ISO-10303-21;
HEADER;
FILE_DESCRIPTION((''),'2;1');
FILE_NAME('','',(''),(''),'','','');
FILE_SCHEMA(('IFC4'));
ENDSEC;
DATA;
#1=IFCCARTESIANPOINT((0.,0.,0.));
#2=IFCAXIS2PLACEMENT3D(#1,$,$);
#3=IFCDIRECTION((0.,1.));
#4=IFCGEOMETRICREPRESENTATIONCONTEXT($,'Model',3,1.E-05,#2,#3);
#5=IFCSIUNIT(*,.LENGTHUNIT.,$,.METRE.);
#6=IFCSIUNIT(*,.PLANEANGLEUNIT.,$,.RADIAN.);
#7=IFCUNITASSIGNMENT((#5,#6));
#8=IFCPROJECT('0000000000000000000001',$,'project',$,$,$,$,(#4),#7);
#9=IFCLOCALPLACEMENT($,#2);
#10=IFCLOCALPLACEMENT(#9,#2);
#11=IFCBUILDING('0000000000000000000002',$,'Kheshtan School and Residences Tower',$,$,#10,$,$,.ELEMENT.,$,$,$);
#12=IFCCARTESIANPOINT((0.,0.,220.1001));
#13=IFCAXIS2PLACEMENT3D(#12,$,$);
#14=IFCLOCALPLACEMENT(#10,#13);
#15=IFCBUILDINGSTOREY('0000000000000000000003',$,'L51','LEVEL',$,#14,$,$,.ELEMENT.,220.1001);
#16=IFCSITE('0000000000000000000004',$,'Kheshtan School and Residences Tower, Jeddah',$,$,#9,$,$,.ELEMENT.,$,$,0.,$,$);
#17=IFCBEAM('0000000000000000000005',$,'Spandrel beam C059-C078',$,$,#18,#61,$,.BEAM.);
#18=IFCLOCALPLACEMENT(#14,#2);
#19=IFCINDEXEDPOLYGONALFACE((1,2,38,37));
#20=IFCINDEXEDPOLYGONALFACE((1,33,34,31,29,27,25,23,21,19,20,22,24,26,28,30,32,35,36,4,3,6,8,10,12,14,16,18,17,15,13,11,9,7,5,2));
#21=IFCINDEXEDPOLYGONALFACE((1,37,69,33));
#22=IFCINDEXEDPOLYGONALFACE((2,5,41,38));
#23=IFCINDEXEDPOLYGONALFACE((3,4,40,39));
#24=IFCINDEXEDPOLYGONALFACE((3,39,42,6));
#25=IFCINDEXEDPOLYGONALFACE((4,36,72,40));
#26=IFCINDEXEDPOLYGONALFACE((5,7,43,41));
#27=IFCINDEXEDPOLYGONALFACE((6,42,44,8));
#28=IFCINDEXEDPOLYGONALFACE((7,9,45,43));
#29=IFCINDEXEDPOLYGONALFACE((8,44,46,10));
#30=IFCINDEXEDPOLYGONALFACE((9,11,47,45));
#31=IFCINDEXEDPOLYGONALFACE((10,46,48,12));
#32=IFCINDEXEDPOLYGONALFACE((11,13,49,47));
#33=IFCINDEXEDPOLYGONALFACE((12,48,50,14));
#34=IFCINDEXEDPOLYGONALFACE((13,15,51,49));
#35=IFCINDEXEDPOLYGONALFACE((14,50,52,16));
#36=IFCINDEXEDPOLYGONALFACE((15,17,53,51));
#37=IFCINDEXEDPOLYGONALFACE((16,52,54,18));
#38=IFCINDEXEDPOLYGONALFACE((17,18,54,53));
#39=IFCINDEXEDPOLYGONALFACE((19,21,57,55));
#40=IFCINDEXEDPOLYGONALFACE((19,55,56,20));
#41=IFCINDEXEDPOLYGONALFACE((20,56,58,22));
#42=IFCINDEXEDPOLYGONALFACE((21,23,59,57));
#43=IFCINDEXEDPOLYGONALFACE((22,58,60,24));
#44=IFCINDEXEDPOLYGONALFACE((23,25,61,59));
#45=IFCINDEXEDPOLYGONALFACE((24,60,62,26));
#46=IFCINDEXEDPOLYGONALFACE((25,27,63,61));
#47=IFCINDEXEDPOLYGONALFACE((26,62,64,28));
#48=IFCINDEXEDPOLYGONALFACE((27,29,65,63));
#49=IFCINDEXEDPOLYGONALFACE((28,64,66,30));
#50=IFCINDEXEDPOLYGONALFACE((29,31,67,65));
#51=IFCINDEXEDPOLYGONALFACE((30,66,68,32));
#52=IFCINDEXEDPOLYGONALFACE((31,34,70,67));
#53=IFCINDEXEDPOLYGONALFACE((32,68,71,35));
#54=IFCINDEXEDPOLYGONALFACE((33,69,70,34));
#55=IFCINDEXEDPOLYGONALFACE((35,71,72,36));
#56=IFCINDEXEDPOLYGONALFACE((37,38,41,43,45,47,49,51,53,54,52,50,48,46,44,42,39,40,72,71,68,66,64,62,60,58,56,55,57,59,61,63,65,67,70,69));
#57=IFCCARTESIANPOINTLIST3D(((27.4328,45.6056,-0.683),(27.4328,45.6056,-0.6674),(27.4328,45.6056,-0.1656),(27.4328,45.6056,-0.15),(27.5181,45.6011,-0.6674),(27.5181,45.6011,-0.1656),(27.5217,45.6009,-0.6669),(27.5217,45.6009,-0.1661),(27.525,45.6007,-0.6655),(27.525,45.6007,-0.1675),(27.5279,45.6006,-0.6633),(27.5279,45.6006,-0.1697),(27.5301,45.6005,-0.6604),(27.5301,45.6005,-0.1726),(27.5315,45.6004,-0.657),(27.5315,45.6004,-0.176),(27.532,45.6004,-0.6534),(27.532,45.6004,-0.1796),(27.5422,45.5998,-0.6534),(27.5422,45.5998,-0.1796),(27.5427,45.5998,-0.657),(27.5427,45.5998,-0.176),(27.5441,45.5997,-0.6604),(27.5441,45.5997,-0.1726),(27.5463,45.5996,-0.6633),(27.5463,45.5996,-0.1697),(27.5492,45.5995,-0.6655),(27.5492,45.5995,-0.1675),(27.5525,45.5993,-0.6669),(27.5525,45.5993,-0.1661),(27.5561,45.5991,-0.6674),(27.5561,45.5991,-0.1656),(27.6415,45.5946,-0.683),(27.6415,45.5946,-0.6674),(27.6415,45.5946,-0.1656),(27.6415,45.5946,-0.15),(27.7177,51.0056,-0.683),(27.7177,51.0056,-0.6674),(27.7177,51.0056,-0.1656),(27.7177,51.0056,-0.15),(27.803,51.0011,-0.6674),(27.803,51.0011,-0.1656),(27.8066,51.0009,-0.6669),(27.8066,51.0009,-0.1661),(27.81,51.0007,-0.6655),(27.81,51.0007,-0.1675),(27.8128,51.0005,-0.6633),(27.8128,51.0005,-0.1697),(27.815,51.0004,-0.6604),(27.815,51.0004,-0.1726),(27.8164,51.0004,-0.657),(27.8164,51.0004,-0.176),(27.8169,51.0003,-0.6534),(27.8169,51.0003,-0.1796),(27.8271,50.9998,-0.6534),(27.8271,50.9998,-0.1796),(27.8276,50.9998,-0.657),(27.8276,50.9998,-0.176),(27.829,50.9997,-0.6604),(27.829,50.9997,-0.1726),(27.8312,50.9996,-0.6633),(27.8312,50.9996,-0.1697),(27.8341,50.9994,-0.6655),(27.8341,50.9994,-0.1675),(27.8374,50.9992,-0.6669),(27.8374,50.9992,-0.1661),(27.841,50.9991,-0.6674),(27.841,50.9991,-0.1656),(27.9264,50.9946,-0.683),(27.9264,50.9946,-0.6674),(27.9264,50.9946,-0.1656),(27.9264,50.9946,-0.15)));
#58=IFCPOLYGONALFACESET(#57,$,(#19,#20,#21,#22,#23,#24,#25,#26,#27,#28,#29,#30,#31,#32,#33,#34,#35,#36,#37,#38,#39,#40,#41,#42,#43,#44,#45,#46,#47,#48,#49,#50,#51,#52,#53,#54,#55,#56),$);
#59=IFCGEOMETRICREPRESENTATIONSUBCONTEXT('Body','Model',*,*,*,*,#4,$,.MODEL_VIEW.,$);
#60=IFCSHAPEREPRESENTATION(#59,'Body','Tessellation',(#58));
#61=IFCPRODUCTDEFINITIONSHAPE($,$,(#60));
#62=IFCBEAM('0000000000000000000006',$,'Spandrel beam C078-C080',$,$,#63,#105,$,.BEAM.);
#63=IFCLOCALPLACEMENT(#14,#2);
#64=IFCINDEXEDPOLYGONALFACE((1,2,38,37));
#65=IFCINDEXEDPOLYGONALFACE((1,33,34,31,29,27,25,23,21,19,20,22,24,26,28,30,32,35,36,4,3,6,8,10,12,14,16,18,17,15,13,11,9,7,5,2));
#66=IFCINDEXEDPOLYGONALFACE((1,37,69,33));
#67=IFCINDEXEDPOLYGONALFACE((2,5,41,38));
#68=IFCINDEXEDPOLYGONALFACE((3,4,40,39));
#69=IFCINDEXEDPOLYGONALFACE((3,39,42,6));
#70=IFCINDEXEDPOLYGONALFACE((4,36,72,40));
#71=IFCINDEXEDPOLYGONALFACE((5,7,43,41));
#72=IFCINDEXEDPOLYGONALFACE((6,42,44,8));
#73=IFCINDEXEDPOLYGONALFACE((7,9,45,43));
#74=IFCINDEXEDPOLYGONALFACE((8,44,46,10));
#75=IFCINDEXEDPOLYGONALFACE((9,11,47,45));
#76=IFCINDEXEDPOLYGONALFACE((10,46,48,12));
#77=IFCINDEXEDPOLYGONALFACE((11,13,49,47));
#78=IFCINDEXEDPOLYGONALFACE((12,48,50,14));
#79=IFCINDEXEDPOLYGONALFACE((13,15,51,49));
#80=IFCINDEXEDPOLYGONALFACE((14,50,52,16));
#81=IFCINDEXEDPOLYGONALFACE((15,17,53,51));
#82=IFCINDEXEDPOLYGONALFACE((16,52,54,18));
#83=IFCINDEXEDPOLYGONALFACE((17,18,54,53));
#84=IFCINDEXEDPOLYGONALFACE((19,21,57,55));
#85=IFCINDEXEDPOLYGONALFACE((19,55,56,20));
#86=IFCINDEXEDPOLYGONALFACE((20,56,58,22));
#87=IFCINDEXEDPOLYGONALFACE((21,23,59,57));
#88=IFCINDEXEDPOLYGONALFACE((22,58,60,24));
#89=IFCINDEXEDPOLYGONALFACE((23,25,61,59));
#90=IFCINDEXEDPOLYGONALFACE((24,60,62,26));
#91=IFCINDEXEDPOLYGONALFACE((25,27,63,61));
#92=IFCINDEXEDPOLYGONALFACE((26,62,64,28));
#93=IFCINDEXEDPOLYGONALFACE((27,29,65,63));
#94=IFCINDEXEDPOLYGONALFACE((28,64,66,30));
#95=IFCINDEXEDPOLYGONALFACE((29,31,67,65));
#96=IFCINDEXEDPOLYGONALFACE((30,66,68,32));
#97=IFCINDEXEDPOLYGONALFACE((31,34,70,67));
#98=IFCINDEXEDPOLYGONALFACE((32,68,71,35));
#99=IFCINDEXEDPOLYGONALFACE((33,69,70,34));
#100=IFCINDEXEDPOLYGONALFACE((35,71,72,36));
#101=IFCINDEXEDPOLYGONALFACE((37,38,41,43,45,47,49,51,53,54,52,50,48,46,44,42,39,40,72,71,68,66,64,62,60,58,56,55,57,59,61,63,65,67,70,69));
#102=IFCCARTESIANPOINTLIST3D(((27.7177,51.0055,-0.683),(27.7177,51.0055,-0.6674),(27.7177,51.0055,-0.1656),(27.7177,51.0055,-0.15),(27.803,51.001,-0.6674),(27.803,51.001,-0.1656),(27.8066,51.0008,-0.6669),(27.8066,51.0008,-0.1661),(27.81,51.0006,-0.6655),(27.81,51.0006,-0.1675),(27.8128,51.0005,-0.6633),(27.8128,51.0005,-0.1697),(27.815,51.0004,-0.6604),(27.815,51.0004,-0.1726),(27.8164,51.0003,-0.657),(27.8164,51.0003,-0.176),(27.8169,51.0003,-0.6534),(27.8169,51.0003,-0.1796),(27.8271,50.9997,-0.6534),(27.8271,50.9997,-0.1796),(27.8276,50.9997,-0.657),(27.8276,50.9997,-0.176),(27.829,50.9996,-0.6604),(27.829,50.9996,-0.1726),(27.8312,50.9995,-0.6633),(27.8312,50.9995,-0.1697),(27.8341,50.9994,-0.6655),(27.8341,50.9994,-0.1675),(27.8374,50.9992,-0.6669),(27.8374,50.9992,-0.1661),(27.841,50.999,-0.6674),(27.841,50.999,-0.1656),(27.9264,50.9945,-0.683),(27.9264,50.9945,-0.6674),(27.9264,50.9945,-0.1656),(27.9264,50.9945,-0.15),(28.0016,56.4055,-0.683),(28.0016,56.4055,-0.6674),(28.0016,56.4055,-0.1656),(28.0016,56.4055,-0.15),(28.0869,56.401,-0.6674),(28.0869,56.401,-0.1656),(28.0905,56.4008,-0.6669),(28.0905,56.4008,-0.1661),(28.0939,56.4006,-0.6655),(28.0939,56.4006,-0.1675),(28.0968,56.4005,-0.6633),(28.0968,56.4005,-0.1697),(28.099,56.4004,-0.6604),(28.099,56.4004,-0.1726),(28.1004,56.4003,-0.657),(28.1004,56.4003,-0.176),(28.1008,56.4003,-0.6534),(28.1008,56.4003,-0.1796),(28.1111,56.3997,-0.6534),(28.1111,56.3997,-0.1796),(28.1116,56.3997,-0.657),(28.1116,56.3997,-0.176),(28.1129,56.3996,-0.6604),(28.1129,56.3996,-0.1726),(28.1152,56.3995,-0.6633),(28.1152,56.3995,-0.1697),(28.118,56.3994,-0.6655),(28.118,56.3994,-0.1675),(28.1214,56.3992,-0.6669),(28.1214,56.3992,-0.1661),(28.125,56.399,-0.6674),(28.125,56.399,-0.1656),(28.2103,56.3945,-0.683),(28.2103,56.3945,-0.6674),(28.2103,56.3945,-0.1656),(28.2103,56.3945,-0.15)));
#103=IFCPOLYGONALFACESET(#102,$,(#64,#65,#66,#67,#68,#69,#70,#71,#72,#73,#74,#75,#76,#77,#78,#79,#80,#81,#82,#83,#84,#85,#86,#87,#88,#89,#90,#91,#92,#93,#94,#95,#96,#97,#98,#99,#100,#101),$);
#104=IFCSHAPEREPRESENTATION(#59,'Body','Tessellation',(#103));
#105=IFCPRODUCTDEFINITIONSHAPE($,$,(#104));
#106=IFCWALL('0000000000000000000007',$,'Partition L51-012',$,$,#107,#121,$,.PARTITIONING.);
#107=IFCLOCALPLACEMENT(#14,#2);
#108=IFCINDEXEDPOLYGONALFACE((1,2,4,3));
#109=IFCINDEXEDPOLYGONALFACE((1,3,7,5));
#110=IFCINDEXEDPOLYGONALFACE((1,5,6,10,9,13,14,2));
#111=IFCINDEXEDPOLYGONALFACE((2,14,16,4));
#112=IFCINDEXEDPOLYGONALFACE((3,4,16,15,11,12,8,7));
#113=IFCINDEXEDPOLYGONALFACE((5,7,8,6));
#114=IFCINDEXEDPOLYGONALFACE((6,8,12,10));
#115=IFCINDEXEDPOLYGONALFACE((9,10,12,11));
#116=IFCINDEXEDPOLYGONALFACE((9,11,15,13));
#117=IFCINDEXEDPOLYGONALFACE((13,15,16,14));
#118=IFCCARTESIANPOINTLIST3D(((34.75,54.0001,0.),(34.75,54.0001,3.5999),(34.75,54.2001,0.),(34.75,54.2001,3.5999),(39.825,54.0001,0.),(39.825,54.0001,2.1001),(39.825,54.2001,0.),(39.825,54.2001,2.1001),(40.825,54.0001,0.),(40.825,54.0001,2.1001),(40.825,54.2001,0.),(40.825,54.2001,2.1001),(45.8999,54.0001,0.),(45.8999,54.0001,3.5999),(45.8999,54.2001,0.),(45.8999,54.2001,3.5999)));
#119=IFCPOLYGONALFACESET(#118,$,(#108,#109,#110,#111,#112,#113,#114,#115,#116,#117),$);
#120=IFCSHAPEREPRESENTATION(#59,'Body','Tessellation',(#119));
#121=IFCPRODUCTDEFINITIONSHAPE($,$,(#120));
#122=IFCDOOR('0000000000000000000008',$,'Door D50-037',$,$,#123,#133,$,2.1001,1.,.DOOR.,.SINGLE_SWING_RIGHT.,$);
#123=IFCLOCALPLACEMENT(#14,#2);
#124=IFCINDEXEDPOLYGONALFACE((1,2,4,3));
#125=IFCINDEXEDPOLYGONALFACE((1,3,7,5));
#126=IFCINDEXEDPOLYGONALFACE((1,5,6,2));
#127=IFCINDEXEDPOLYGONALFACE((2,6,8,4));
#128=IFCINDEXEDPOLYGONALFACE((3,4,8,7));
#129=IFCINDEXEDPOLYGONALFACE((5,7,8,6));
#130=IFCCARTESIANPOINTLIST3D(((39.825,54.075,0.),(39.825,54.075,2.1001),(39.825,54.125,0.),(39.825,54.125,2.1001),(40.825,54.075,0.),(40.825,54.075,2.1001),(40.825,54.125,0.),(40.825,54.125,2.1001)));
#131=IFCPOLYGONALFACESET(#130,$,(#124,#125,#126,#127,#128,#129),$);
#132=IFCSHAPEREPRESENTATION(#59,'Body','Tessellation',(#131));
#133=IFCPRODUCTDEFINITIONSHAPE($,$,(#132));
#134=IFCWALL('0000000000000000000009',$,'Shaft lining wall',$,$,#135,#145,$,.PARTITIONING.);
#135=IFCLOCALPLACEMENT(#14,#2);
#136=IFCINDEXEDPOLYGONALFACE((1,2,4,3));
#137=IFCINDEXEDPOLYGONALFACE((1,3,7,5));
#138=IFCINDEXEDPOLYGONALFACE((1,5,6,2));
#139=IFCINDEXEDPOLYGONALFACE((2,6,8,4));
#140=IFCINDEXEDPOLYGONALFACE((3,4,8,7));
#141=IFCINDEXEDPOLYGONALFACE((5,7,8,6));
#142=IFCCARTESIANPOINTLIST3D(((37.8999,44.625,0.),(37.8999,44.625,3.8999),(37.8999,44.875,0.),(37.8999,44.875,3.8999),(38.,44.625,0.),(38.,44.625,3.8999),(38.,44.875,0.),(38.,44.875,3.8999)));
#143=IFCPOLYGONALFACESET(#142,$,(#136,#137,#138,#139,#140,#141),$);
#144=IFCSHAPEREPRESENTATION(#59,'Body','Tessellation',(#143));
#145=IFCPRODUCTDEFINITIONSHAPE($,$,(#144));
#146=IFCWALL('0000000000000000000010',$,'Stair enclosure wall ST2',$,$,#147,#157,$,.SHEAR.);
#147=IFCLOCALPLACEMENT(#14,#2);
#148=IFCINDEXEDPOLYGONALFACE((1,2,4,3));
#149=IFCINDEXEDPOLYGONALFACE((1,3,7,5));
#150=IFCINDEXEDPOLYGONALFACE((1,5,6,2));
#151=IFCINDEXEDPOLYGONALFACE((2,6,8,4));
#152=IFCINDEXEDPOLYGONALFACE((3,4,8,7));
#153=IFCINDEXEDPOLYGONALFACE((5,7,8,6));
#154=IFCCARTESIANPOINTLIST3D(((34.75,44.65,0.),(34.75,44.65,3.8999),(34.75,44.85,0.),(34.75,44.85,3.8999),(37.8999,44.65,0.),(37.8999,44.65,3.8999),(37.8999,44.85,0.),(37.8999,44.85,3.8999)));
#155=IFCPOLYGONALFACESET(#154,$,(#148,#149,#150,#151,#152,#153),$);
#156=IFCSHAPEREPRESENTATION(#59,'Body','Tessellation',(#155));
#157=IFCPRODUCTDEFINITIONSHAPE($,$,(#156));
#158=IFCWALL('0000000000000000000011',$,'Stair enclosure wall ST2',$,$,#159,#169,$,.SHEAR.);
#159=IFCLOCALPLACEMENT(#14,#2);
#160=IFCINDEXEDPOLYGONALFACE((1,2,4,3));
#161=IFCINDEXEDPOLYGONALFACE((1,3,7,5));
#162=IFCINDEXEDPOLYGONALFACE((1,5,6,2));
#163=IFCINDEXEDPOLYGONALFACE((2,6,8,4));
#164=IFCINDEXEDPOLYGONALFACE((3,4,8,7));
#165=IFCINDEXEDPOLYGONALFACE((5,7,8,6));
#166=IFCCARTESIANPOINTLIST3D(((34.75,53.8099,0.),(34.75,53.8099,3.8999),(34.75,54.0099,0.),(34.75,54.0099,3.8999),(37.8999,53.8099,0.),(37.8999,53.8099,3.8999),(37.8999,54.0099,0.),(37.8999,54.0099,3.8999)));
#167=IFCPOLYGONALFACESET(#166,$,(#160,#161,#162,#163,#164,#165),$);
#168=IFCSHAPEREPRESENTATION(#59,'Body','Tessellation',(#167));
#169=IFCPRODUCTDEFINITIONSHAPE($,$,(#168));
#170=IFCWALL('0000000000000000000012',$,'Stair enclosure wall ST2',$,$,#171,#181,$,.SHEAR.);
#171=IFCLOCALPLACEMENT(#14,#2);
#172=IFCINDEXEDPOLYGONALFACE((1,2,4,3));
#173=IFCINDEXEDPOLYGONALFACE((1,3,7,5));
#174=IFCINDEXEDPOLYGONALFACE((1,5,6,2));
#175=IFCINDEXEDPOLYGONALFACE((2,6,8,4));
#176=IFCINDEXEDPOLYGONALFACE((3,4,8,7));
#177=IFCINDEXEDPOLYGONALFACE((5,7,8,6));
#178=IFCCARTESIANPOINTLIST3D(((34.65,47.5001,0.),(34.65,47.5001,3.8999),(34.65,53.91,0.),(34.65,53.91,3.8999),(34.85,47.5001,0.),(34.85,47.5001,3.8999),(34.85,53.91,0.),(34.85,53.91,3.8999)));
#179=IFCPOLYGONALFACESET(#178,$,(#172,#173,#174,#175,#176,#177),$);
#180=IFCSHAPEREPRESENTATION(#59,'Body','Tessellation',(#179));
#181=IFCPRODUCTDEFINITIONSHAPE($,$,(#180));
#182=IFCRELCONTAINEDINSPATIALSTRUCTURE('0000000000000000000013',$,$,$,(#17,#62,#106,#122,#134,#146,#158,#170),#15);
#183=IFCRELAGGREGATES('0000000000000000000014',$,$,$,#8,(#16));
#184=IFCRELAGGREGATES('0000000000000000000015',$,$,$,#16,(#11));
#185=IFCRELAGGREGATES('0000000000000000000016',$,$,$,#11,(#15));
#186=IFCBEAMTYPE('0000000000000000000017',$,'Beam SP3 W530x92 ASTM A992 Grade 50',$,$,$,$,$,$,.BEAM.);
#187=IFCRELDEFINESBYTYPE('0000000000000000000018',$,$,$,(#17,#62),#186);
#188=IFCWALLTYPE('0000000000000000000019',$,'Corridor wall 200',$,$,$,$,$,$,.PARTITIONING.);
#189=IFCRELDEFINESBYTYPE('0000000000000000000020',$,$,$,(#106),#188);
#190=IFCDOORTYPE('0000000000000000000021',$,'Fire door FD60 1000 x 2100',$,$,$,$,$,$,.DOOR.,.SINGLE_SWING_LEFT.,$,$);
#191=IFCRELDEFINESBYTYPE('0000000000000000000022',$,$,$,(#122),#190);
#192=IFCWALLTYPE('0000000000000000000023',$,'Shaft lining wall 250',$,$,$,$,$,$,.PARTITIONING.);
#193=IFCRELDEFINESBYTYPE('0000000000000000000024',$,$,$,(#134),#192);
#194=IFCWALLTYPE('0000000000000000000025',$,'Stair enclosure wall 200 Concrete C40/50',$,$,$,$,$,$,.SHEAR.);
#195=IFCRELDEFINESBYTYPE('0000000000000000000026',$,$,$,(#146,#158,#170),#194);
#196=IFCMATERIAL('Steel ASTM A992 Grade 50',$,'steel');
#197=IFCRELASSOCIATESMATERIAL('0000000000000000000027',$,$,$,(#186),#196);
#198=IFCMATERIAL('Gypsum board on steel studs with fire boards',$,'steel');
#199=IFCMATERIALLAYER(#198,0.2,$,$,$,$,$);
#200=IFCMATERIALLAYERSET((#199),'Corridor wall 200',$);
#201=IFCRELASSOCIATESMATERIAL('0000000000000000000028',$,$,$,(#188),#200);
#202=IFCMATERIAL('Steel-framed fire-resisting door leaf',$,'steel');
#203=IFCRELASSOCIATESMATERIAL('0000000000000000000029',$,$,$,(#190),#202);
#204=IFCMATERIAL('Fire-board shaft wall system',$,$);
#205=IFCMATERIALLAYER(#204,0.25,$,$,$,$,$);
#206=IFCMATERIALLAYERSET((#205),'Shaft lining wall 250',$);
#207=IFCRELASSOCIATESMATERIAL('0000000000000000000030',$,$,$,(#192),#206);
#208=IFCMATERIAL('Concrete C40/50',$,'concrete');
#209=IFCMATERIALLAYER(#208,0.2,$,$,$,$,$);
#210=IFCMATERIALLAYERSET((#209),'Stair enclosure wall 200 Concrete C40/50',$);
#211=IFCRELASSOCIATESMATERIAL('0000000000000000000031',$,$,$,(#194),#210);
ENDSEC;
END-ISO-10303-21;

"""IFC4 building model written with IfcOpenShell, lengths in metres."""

from ifc_helpers import new_model, si_unit, direction, frame, frame_2d, origin, origin_2d, place, context, subcontext, project, spatial, rectangle, i_section, extrude, source, transform, mapped, material, layer, layer_set, material_profile, profile_set, type_object, element, fill, save


model = new_model("IFC4")

# Units and contexts
model_context = context("Model", 3, precision=1e-05, world=origin(), true_north=direction((0.0, 1.0)))
body_context = subcontext(model_context, "Body", "Model", "MODEL_VIEW")
ifc_project = project(units=[si_unit("LENGTHUNIT", "METRE"), si_unit("PLANEANGLEUNIT", "RADIAN")], contexts=[model_context])

# Site, building, storey
site_placement = place(None, origin())
site = spatial("IfcSite", under=ifc_project, at=site_placement, Name="Kheshtan School and Residences Tower, Jeddah", CompositionType="ELEMENT", RefElevation=0.0)
building_placement = place(site_placement, origin())
building = spatial("IfcBuilding", under=site, at=building_placement, Name="Kheshtan School and Residences Tower", CompositionType="ELEMENT")
storey_placement = place(building_placement, frame((0.0, 0.0, 220.1001)))
storey = spatial("IfcBuildingStorey", under=building, at=storey_placement, Name="L51", Description="LEVEL", CompositionType="ELEMENT", Elevation=220.1001)

# Shared definitions
ifc_material_1 = material(Name="Steel ASTM A992 Grade 50", Category="steel")

# Beams
ifc_material_profile_1 = material_profile(ifc_material_1, i_section(OverallWidth=0.209, OverallDepth=0.533, WebThickness=0.0103, FlangeThickness=0.0156, FilletRadius=0.0139, at=origin_2d()), Name="W530x92")
ifc_profile_set_1 = profile_set([ifc_material_profile_1], Name="Steel ASTM A992 Grade 50")
beam_type_1 = type_object("IfcBeamType", Name="Beam SP3 W530x92 ASTM A992 Grade 50", PredefinedType="BEAM", material=ifc_profile_set_1)
for number, where, z_axis, x_axis, name in (
    (1, (27.5371, 45.6001, -0.4165), (0.052689, 0.998611, 0.0), (-0.998611, 0.052689, 0.0), "Spandrel beam C059-C078"),
    (2, (27.822, 51.0, -0.4165), (0.052509, 0.99862, 0.0), (-0.99862, 0.052509, 0.0), "Spandrel beam C078-C080"),
):
    element("IfcBeam", number, at=place(storey_placement, frame(where, z_axis=z_axis, x_axis=x_axis)), inside=storey, type_object=beam_type_1, Name=name, PredefinedType="BEAM", context=body_context, shape_type="SweptSolid", body=[
        extrude(i_section(OverallWidth=0.209, OverallDepth=0.533, WebThickness=0.0103, FlangeThickness=0.0156, FilletRadius=0.0139, at=origin_2d()), origin(), (0.0, 0.0, 1.0), 5.4075),
    ])

# Wall, opening, door
ifc_material_2 = material(Name="Gypsum board on steel studs with fire boards", Category="steel")
ifc_layer_1 = layer(ifc_material_2, 0.2)
ifc_layer_set_1 = layer_set([ifc_layer_1], Name="Corridor wall 200")
wall_type_1 = type_object("IfcWallType", Name="Corridor wall 200", PredefinedType="PARTITIONING", material=ifc_layer_set_1)
wall_1_placement = place(storey_placement, frame((34.75, 54.1001, 0.0), z_axis=(0.0, 0.0, 1.0), x_axis=(1.0, 0.0, 0.0)))
wall_1 = element("IfcWall", 3, at=wall_1_placement, inside=storey, type_object=wall_type_1, Name="Partition L51-012", PredefinedType="PARTITIONING", context=body_context, shape_type="SweptSolid", body=[
    extrude(rectangle(XDim=11.1499, YDim=0.2, at=frame_2d((5.575, 0.0))), origin(), (0.0, 0.0, 1.0), 3.5999),
])
opening_placement = place(wall_1_placement, frame((5.075, 0.0, 0.0)))
opening = element("IfcOpeningElement", 4, at=opening_placement, cuts=wall_1, PredefinedType="OPENING", context=body_context, shape_type="SweptSolid", body=[
    extrude(rectangle(XDim=1.0, YDim=2.1001, at=frame_2d((0.5, 1.05))), frame((0.0, 0.1099, 0.0), z_axis=(0.0, -1.0, 0.0), x_axis=(1.0, 0.0, 0.0)), (0.0, 0.0, 1.0), 0.22),
])
ifc_material_3 = material(Name="Steel-framed fire-resisting door leaf", Category="steel")
door_type = type_object("IfcDoorType", Name="Fire door FD60 1000 x 2100", OperationType="SINGLE_SWING_LEFT", PredefinedType="DOOR", material=ifc_material_3)
shared_shape = source(origin(), body_context, "Body", "SweptSolid", [
    extrude(rectangle(XDim=1.0, YDim=2.1001, at=frame_2d((0.5, 1.05))), frame((0.0, 0.0249, 0.0), z_axis=(0.0, -1.0, 0.0), x_axis=(1.0, 0.0, 0.0)), (0.0, 0.0, 1.0), 0.05),
])
door_placement = place(opening_placement, origin())
door = element("IfcDoor", 5, at=door_placement, inside=storey, type_object=door_type, Name="Door D50-037", OperationType="SINGLE_SWING_RIGHT", OverallHeight=2.1001, OverallWidth=1.0, PredefinedType="DOOR", context=body_context, shape_type="MappedRepresentation", body=[
    mapped(shared_shape, transform((0.0, 0.0, 0.0), x_axis=(1.0, 0.0, 0.0), y_axis=(0.0, 1.0, 0.0), z_axis=(0.0, 0.0, 1.0), scale=1.0)),
])
fill(opening, door)

# Walls
ifc_material_4 = material(Name="Fire-board shaft wall system")
ifc_layer_2 = layer(ifc_material_4, 0.25)
ifc_layer_set_2 = layer_set([ifc_layer_2], Name="Shaft lining wall 250")
wall_type_2 = type_object("IfcWallType", Name="Shaft lining wall 250", PredefinedType="PARTITIONING", material=ifc_layer_set_2)
wall_2_placement = place(storey_placement, frame((37.8999, 44.75, 0.0), z_axis=(0.0, 0.0, 1.0), x_axis=(1.0, 0.0, 0.0)))
element("IfcWall", 6, at=wall_2_placement, inside=storey, type_object=wall_type_2, Name="Shaft lining wall", PredefinedType="PARTITIONING", context=body_context, shape_type="SweptSolid", body=[
    extrude(rectangle(XDim=0.1001, YDim=0.25, at=frame_2d((0.05, 0.0))), origin(), (0.0, 0.0, 1.0), 3.8999),
])
ifc_material_5 = material(Name="Concrete C40/50", Category="concrete")
ifc_layer_3 = layer(ifc_material_5, 0.2)
ifc_layer_set_3 = layer_set([ifc_layer_3], Name="Stair enclosure wall 200 Concrete C40/50")
wall_type_3 = type_object("IfcWallType", Name="Stair enclosure wall 200 Concrete C40/50", PredefinedType="SHEAR", material=ifc_layer_set_3)
for number, where, z_axis, x_axis, name in (
    (7, (34.75, 44.75, 0.0), (0.0, 0.0, 1.0), (1.0, 0.0, 0.0), "Stair enclosure wall ST2"),
    (8, (34.75, 53.9099, 0.0), (0.0, 0.0, 1.0), (1.0, 0.0, 0.0), "Stair enclosure wall ST2"),
):
    element("IfcWall", number, at=place(storey_placement, frame(where, z_axis=z_axis, x_axis=x_axis)), inside=storey, type_object=wall_type_3, Name=name, PredefinedType="SHEAR", context=body_context, shape_type="SweptSolid", body=[
        extrude(rectangle(XDim=3.1499, YDim=0.2, at=frame_2d((1.575, 0.0))), origin(), (0.0, 0.0, 1.0), 3.8999),
    ])
wall_3_placement = place(storey_placement, frame((34.75, 47.5, 0.0), z_axis=(0.0, 0.0, 1.0), x_axis=(0.0, 1.0, 0.0)))
element("IfcWall", 9, at=wall_3_placement, inside=storey, type_object=wall_type_3, Name="Stair enclosure wall ST2", PredefinedType="SHEAR", context=body_context, shape_type="SweptSolid", body=[
    extrude(rectangle(XDim=6.4099, YDim=0.2, at=frame_2d((3.2051, 0.0))), origin(), (0.0, 0.0, 1.0), 3.8999),
])

save(model, "model.ifc")
